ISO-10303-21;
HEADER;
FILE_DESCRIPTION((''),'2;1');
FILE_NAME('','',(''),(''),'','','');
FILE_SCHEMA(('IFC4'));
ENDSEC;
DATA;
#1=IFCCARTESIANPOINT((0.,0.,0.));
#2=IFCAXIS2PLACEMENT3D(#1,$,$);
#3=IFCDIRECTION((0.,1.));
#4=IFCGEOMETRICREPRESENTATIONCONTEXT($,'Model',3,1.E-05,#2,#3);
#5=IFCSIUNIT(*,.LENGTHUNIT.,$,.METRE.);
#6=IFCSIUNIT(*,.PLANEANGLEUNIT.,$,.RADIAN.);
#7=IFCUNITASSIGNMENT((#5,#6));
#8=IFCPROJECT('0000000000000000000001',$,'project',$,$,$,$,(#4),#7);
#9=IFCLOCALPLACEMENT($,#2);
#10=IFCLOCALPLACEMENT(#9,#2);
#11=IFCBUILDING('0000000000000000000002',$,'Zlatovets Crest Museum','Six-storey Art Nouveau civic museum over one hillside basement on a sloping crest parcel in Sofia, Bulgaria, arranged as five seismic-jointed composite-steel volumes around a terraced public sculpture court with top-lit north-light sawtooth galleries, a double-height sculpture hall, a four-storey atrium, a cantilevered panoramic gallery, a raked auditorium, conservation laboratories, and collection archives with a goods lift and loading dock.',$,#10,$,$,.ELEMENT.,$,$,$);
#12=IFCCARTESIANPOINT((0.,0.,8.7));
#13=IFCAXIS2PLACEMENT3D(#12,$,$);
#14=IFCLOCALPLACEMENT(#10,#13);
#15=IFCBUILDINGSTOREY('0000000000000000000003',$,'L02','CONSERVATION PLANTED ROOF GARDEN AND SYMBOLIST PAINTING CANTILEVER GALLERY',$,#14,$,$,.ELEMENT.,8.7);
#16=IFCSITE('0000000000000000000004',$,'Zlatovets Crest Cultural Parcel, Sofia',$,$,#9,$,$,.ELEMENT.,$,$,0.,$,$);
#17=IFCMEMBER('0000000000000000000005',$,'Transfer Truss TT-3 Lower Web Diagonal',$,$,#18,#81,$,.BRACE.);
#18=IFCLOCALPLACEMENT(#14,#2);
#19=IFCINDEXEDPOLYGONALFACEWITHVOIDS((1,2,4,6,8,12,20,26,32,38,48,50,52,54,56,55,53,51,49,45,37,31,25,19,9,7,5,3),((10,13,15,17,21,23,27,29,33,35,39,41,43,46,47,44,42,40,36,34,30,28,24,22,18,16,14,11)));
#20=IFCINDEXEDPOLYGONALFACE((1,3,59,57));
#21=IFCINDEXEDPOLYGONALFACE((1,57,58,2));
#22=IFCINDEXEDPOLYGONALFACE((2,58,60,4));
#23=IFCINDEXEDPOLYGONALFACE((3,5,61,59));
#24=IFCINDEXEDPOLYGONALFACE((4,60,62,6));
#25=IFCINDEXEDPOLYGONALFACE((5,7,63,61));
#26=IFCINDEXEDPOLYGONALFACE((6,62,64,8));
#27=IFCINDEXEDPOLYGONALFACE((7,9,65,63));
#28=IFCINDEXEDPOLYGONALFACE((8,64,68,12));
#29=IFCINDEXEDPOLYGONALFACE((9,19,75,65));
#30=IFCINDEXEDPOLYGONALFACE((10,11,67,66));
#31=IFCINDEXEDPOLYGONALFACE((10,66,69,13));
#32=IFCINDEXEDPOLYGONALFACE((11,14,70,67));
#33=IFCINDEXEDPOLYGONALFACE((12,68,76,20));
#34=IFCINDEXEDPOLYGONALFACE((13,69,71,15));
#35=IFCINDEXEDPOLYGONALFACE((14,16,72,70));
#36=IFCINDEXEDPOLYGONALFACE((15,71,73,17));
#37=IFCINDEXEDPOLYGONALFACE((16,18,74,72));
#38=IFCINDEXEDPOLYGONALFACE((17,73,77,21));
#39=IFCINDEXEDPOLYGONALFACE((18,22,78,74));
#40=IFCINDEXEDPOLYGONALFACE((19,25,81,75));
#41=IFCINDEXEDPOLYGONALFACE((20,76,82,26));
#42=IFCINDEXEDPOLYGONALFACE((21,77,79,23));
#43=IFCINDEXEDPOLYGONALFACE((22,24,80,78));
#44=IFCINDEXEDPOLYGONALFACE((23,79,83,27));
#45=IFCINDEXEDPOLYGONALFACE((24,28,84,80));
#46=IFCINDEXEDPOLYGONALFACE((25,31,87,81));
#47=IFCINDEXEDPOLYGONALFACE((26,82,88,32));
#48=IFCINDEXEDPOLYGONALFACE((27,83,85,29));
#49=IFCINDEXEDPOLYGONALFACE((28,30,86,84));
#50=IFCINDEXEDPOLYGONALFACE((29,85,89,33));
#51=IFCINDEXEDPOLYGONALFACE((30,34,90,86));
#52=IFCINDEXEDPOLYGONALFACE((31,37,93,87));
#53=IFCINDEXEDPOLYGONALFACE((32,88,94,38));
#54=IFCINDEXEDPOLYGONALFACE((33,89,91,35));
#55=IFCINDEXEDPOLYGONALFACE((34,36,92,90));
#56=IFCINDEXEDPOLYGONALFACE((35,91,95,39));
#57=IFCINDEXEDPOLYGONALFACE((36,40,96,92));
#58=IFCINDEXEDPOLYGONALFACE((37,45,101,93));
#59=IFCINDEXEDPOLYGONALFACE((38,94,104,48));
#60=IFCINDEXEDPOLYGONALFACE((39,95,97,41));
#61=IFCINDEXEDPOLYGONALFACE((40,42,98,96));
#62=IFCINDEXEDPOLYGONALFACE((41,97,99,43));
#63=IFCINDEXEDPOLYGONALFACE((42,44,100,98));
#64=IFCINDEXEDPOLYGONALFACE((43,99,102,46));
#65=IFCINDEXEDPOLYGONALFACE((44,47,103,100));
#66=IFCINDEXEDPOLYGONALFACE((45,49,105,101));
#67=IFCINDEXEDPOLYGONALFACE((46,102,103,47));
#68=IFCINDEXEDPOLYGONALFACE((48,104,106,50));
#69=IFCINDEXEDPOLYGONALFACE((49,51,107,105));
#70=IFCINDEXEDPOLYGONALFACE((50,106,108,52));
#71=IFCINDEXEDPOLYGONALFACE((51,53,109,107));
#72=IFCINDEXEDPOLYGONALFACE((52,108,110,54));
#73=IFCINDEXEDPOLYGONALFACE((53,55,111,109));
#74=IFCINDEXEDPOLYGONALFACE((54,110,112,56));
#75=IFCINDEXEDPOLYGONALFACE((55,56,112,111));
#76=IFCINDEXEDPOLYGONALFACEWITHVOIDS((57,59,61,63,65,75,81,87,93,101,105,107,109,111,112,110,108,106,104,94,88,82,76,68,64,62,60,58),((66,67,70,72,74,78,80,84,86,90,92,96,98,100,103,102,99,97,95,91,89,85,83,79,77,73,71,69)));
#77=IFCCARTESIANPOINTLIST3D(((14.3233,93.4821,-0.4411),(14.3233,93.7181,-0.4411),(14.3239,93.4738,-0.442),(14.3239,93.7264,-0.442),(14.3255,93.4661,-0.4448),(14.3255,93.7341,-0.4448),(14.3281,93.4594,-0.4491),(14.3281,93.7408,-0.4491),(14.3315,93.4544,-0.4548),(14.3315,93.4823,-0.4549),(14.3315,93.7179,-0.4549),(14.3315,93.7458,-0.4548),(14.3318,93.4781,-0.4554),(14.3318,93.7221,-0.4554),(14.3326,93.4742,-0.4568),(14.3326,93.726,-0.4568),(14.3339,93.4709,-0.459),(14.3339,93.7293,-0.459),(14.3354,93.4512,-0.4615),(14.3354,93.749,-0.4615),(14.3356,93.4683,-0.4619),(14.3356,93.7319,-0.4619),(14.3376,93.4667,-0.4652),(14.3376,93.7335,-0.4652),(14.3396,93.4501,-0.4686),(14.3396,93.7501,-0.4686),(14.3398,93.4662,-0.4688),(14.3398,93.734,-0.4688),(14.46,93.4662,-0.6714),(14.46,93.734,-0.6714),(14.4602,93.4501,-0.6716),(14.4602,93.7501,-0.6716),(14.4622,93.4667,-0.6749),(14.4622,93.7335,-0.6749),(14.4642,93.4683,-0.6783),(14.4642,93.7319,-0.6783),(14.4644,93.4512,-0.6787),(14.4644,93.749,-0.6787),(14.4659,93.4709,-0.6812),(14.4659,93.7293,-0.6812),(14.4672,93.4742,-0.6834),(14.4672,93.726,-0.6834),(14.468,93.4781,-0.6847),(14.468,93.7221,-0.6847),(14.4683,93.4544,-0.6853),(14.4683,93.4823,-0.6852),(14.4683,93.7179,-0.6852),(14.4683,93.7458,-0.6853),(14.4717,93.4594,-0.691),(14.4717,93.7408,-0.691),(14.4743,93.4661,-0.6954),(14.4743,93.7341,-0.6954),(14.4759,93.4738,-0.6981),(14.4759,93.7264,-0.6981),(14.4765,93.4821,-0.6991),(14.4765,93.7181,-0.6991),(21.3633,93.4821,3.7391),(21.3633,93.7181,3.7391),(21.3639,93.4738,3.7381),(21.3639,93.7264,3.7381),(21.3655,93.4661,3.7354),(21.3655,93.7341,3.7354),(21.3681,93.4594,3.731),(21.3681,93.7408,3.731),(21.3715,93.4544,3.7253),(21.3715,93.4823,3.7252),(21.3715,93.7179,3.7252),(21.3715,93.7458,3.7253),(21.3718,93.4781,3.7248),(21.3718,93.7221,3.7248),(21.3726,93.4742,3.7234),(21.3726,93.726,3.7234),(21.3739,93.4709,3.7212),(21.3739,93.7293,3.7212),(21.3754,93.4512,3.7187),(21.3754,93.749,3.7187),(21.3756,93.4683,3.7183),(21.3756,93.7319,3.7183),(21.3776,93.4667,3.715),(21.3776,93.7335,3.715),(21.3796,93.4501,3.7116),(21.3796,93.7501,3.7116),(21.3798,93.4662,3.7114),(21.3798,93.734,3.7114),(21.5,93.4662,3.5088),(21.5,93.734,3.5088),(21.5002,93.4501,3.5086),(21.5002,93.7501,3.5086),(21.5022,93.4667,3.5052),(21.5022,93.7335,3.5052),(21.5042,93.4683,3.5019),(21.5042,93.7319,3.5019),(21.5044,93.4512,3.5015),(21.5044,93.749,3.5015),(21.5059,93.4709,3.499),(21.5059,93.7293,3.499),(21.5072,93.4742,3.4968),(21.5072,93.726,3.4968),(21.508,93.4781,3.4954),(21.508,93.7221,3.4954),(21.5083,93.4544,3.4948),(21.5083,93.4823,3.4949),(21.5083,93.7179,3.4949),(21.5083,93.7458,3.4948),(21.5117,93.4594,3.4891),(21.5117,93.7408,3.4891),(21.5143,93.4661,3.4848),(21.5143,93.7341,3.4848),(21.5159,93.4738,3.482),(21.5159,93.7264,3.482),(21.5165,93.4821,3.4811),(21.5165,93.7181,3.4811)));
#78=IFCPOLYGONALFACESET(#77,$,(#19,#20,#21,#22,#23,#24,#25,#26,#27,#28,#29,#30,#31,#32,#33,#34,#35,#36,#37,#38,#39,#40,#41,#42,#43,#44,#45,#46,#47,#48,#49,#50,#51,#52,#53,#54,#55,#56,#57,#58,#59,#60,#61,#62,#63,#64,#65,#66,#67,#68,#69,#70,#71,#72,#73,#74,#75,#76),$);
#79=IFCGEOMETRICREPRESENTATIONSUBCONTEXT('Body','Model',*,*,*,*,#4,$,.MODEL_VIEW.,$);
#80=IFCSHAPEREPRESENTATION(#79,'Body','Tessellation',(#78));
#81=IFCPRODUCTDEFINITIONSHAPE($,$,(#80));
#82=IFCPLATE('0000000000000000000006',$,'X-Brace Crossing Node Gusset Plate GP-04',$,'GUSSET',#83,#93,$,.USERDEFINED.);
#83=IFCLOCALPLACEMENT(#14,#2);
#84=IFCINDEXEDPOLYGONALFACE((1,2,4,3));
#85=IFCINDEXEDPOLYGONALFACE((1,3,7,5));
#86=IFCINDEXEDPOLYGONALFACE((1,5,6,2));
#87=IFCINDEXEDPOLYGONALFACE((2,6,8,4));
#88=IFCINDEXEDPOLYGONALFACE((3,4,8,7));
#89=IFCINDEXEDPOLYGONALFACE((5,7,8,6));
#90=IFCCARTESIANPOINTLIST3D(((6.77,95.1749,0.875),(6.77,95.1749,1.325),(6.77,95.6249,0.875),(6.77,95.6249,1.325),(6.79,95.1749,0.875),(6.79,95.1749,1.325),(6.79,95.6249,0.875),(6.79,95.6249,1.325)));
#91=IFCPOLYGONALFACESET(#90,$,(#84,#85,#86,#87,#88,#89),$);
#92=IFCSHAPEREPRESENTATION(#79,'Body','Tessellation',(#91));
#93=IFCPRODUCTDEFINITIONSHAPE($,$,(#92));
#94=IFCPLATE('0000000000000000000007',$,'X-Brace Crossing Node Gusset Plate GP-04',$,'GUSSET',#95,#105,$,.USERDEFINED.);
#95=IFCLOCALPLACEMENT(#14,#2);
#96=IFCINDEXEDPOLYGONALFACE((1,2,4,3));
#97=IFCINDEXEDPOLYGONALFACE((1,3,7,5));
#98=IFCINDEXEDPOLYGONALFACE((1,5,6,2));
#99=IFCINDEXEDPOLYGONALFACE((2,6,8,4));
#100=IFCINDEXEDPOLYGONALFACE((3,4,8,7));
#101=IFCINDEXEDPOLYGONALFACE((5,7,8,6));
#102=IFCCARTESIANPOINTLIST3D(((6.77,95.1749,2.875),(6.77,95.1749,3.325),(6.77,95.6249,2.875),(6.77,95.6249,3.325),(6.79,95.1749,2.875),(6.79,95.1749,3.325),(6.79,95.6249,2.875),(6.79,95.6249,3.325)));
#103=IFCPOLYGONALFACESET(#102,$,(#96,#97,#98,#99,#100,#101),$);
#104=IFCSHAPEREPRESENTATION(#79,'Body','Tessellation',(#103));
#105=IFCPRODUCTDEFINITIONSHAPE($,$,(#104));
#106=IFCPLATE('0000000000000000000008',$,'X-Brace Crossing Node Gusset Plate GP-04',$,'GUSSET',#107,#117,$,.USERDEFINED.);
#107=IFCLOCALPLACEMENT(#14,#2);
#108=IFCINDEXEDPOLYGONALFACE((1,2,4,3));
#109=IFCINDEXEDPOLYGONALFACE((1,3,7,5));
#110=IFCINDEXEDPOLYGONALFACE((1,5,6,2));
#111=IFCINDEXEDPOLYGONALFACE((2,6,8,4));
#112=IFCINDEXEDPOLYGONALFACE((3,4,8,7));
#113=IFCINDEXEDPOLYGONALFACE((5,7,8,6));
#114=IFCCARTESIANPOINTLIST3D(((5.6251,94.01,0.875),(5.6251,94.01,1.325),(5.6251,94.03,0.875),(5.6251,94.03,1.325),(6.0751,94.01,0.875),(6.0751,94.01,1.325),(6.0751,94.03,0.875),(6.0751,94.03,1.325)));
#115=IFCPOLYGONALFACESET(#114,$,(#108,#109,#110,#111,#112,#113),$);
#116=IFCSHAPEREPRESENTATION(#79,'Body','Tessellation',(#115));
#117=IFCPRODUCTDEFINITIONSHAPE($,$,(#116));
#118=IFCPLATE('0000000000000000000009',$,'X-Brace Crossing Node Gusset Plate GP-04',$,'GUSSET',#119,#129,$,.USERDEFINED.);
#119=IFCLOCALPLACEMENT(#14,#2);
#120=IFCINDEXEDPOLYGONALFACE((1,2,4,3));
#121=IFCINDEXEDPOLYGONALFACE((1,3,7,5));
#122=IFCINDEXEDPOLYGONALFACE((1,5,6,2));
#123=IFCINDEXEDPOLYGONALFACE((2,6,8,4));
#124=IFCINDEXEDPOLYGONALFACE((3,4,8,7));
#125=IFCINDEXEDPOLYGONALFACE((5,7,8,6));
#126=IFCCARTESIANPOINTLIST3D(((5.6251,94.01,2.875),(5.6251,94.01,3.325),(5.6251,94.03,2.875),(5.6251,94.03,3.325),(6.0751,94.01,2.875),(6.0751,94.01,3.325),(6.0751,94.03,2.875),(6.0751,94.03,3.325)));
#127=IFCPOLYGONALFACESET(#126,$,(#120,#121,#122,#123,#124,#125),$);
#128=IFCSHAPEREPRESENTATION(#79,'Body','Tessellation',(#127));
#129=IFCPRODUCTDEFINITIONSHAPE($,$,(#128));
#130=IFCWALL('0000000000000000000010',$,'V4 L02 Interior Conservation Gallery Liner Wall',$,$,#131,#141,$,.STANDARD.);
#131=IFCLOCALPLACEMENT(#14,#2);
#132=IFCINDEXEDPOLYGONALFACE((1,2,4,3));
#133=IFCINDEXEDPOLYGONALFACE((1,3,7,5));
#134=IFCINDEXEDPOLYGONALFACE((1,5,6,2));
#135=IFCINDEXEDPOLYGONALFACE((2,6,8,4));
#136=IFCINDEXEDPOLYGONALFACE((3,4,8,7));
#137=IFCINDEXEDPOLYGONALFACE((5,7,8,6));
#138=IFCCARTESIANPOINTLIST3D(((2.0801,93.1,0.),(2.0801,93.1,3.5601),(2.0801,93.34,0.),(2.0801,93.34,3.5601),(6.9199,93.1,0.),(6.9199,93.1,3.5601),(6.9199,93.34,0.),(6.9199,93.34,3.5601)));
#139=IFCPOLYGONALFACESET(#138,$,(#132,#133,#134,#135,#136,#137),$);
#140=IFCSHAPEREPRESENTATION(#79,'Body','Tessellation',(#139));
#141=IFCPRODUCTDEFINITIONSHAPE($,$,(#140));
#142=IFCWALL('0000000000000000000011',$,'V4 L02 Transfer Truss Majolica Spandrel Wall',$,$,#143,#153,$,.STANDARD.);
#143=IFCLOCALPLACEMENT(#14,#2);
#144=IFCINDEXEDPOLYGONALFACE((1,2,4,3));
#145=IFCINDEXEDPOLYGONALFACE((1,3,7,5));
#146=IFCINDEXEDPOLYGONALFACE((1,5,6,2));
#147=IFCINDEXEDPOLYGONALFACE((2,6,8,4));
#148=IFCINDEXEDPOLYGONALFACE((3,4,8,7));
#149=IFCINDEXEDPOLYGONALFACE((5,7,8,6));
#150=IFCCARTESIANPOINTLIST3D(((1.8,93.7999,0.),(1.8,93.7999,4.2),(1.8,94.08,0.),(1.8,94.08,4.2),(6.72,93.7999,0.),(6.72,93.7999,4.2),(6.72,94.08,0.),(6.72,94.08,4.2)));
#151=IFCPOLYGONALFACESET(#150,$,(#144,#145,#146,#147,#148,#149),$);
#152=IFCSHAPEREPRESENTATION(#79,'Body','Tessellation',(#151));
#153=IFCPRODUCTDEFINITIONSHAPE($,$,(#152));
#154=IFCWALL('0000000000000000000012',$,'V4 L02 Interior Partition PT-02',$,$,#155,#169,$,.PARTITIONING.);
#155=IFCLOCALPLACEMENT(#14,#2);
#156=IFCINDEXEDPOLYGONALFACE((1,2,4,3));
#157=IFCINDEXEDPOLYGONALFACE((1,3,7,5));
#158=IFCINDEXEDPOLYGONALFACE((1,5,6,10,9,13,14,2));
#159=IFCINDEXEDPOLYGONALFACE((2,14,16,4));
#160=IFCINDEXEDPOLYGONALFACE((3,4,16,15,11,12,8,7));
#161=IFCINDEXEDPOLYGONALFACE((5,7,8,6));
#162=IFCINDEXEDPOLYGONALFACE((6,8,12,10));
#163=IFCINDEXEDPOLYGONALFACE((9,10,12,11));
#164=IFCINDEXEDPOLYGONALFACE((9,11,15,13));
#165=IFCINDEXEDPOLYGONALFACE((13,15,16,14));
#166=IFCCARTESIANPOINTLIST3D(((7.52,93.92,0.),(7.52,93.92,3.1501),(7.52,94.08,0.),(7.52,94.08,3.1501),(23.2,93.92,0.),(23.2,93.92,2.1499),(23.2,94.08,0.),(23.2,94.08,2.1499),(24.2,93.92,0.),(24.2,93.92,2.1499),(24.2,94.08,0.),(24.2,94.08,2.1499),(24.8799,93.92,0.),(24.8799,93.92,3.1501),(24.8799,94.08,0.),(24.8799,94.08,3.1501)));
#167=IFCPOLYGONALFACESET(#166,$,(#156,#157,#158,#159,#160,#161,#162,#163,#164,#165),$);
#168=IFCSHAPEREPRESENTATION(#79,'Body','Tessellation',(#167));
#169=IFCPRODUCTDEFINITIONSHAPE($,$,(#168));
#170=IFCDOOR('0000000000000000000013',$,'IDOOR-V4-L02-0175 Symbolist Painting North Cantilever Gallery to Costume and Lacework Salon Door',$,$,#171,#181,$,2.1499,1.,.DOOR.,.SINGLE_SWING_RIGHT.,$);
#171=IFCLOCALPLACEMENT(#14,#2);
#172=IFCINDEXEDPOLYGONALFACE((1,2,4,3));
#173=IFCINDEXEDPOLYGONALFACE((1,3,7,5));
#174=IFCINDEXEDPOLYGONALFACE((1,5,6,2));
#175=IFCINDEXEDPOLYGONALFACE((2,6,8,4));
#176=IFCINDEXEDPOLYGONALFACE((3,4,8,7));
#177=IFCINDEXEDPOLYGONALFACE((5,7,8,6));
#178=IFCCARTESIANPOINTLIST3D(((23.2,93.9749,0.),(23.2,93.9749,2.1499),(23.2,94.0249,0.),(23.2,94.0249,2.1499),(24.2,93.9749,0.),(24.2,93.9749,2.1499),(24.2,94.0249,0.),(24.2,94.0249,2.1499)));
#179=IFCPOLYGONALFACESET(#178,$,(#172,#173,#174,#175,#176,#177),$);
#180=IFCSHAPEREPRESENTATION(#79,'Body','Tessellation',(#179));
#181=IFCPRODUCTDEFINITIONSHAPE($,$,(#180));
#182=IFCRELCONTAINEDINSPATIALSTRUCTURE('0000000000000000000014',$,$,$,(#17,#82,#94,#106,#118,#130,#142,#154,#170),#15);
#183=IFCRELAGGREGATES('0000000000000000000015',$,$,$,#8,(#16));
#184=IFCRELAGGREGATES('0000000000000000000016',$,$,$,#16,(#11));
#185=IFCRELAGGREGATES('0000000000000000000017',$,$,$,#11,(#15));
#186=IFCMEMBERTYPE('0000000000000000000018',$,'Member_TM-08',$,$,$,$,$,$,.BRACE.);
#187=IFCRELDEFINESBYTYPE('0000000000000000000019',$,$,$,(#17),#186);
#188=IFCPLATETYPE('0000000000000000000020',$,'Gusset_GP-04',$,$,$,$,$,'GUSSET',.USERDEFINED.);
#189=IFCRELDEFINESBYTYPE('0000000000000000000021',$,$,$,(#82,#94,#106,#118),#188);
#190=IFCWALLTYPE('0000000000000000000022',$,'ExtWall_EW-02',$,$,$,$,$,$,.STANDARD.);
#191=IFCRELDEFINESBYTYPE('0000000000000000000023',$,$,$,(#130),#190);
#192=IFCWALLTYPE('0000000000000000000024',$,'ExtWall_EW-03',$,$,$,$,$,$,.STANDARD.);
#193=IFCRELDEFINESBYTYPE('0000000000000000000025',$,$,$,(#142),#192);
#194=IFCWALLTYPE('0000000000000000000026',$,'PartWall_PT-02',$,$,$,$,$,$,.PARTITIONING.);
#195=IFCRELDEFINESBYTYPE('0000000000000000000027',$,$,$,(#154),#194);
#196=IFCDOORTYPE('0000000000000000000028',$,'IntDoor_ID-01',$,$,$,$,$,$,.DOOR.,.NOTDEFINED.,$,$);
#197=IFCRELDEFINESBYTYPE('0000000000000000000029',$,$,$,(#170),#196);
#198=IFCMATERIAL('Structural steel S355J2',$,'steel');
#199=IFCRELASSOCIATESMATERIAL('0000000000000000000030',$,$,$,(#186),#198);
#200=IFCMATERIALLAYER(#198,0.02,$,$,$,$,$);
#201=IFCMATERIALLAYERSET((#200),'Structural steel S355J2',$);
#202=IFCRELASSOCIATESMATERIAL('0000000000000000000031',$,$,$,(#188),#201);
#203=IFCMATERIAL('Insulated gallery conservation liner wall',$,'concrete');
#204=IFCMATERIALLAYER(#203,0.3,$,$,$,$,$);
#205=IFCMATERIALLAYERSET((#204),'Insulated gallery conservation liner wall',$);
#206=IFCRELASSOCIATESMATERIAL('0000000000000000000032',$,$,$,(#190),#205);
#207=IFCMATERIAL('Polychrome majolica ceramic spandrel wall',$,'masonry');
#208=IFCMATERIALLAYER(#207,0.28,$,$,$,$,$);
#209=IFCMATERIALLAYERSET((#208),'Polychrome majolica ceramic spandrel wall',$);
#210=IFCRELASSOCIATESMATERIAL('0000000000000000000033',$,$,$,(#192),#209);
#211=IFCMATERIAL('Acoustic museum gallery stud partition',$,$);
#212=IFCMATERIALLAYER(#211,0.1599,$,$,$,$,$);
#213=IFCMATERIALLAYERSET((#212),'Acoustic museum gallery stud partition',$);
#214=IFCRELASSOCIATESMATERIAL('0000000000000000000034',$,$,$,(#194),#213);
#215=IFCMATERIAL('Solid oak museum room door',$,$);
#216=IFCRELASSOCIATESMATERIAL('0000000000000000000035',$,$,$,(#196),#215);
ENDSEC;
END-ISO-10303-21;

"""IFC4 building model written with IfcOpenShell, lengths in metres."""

from ifc_helpers import new_model, si_unit, direction, frame, frame_2d, origin, origin_2d, place, context, subcontext, project, spatial, rectangle, hollow_rectangle, extrude, material, layer, layer_set, material_profile, profile_set, type_object, element, fill, save


model = new_model("IFC4")

# Units and contexts
model_context = context("Model", 3, precision=1e-05, world=origin(), true_north=direction((0.0, 1.0)))
body_context = subcontext(model_context, "Body", "Model", "MODEL_VIEW")
ifc_project = project(units=[si_unit("LENGTHUNIT", "METRE"), si_unit("PLANEANGLEUNIT", "RADIAN")], contexts=[model_context])

# Site, building, storey
site_placement = place(None, origin())
site = spatial("IfcSite", under=ifc_project, at=site_placement, Name="Zlatovets Crest Cultural Parcel, Sofia", CompositionType="ELEMENT", RefElevation=0.0)
building_placement = place(site_placement, origin())
building = spatial("IfcBuilding", under=site, at=building_placement, Name="Zlatovets Crest Museum", Description="Six-storey Art Nouveau civic museum over one hillside basement on a sloping crest parcel in Sofia, Bulgaria, arranged as five seismic-jointed composite-steel volumes around a terraced public sculpture court with top-lit north-light sawtooth galleries, a double-height sculpture hall, a four-storey atrium, a cantilevered panoramic gallery, a raked auditorium, conservation laboratories, and collection archives with a goods lift and loading dock.", CompositionType="ELEMENT")
storey_placement = place(building_placement, frame((0.0, 0.0, 8.7)))
storey = spatial("IfcBuildingStorey", under=building, at=storey_placement, Name="L02", Description="CONSERVATION PLANTED ROOF GARDEN AND SYMBOLIST PAINTING CANTILEVER GALLERY", CompositionType="ELEMENT", Elevation=8.7)

# Shared definitions
ifc_material_1 = material(Name="Structural steel S355J2", Category="steel")

# Member
ifc_material_profile_1 = material_profile(ifc_material_1, hollow_rectangle(XDim=0.3, YDim=0.3, WallThickness=0.0161, InnerFilletRadius=0.0161, OuterFilletRadius=0.032, at=origin_2d()), Name="SHS 300x300x16.0")
ifc_profile_set_1 = profile_set([ifc_material_profile_1], Name="Structural steel S355J2")
member_type_1 = type_object("IfcMemberType", Name="Member_TM-08", PredefinedType="BRACE", material=ifc_profile_set_1)
member_1_placement = place(storey_placement, frame((14.3999, 93.6001, -0.5701), z_axis=(0.859847, 0.0, 0.510553), x_axis=(0.0, 1.0, 0.0)))
element("IfcMember", 1, at=member_1_placement, inside=storey, type_object=member_type_1, Name="Transfer Truss TT-3 Lower Web Diagonal", PredefinedType="BRACE", context=body_context, shape_type="SweptSolid", body=[
    extrude(hollow_rectangle(XDim=0.3, YDim=0.3, WallThickness=0.0161, InnerFilletRadius=0.0161, OuterFilletRadius=0.032, at=origin_2d()), origin(), (0.0, 0.0, 1.0), 8.1875),
])

# Plates
ifc_layer_1 = layer(ifc_material_1, 0.02)
ifc_layer_set_1 = layer_set([ifc_layer_1], Name="Structural steel S355J2")
plate_type = type_object("IfcPlateType", Name="Gusset_GP-04", ElementType="GUSSET", PredefinedType="USERDEFINED", material=ifc_layer_set_1)
for number, where, z_axis, x_axis, name in (
    (2, (6.78, 95.3999, 0.875), (0.0, 0.0, 1.0), (1.0, 0.0, 0.0), "X-Brace Crossing Node Gusset Plate GP-04"),
    (3, (6.78, 95.3999, 2.875), (0.0, 0.0, 1.0), (1.0, 0.0, 0.0), "X-Brace Crossing Node Gusset Plate GP-04"),
):
    element("IfcPlate", number, at=place(storey_placement, frame(where, z_axis=z_axis, x_axis=x_axis)), inside=storey, type_object=plate_type, Name=name, ObjectType="GUSSET", PredefinedType="USERDEFINED", context=body_context, shape_type="SweptSolid", body=[
        extrude(rectangle(XDim=0.02, YDim=0.45, at=origin_2d()), origin(), (0.0, 0.0, 1.0), 0.45),
    ])
for number, where, z_axis, x_axis, name in (
    (4, (5.8501, 94.02, 0.875), (0.0, 0.0, 1.0), (1.0, 0.0, 0.0), "X-Brace Crossing Node Gusset Plate GP-04"),
    (5, (5.8501, 94.02, 2.875), (0.0, 0.0, 1.0), (1.0, 0.0, 0.0), "X-Brace Crossing Node Gusset Plate GP-04"),
):
    element("IfcPlate", number, at=place(storey_placement, frame(where, z_axis=z_axis, x_axis=x_axis)), inside=storey, type_object=plate_type, Name=name, ObjectType="GUSSET", PredefinedType="USERDEFINED", context=body_context, shape_type="SweptSolid", body=[
        extrude(rectangle(XDim=0.45, YDim=0.02, at=origin_2d()), origin(), (0.0, 0.0, 1.0), 0.45),
    ])

# Walls
ifc_material_2 = material(Name="Insulated gallery conservation liner wall", Category="concrete")
ifc_layer_2 = layer(ifc_material_2, 0.3)
ifc_layer_set_2 = layer_set([ifc_layer_2], Name="Insulated gallery conservation liner wall")
wall_type_1 = type_object("IfcWallType", Name="ExtWall_EW-02", PredefinedType="STANDARD", material=ifc_layer_set_2)
wall_1_placement = place(storey_placement, frame((6.9199, 93.22, 0.0), z_axis=(0.0, 0.0, 1.0), x_axis=(-1.0, 0.0, 0.0)))
element("IfcWall", 6, at=wall_1_placement, inside=storey, type_object=wall_type_1, Name="V4 L02 Interior Conservation Gallery Liner Wall", PredefinedType="STANDARD", context=body_context, shape_type="SweptSolid", body=[
    extrude(rectangle(XDim=4.8398, YDim=0.24, at=frame_2d((2.4199, 0.0))), origin(), (0.0, 0.0, 1.0), 3.5601),
])
ifc_material_3 = material(Name="Polychrome majolica ceramic spandrel wall", Category="masonry")
ifc_layer_3 = layer(ifc_material_3, 0.28)
ifc_layer_set_3 = layer_set([ifc_layer_3], Name="Polychrome majolica ceramic spandrel wall")
wall_type_2 = type_object("IfcWallType", Name="ExtWall_EW-03", PredefinedType="STANDARD", material=ifc_layer_set_3)
wall_2_placement = place(storey_placement, frame((6.72, 93.9399, 0.0), z_axis=(0.0, 0.0, 1.0), x_axis=(-1.0, 0.0, 0.0)))
element("IfcWall", 7, at=wall_2_placement, inside=storey, type_object=wall_type_2, Name="V4 L02 Transfer Truss Majolica Spandrel Wall", PredefinedType="STANDARD", context=body_context, shape_type="SweptSolid", body=[
    extrude(rectangle(XDim=4.9199, YDim=0.28, at=frame_2d((2.46, 0.0))), origin(), (0.0, 0.0, 1.0), 4.2),
])

# Wall, opening, door
ifc_material_4 = material(Name="Acoustic museum gallery stud partition")
ifc_layer_4 = layer(ifc_material_4, 0.1599)
ifc_layer_set_4 = layer_set([ifc_layer_4], Name="Acoustic museum gallery stud partition")
wall_type_3 = type_object("IfcWallType", Name="PartWall_PT-02", PredefinedType="PARTITIONING", material=ifc_layer_set_4)
wall_3_placement = place(storey_placement, frame((7.52, 94.0, 0.0), z_axis=(0.0, 0.0, 1.0), x_axis=(1.0, 0.0, 0.0)))
wall_3 = element("IfcWall", 8, at=wall_3_placement, inside=storey, type_object=wall_type_3, Name="V4 L02 Interior Partition PT-02", PredefinedType="PARTITIONING", context=body_context, shape_type="SweptSolid", body=[
    extrude(rectangle(XDim=17.3599, YDim=0.1599, at=frame_2d((8.6799, 0.0))), origin(), (0.0, 0.0, 1.0), 3.1501),
])
opening_placement = place(wall_3_placement, frame((15.6799, 0.0, 0.0)))
opening = element("IfcOpeningElement", 9, at=opening_placement, cuts=wall_3, PredefinedType="OPENING", context=body_context, shape_type="SweptSolid", body=[
    extrude(rectangle(XDim=1.0, YDim=2.1499, at=frame_2d((0.5, 1.075))), frame((0.0, 0.0898, 0.0), z_axis=(0.0, -1.0, 0.0), x_axis=(1.0, 0.0, 0.0)), (0.0, 0.0, 1.0), 0.1799),
])
ifc_material_5 = material(Name="Solid oak museum room door")
door_type = type_object("IfcDoorType", Name="IntDoor_ID-01", OperationType="NOTDEFINED", PredefinedType="DOOR", material=ifc_material_5)
door_placement = place(opening_placement, origin())
door = element("IfcDoor", 10, at=door_placement, inside=storey, type_object=door_type, Name="IDOOR-V4-L02-0175 Symbolist Painting North Cantilever Gallery to Costume and Lacework Salon Door", OperationType="SINGLE_SWING_RIGHT", OverallHeight=2.1499, OverallWidth=1.0, PredefinedType="DOOR", context=body_context, shape_type="SweptSolid", body=[
    extrude(rectangle(XDim=1.0, YDim=2.1499, at=frame_2d((0.5, 1.075))), frame((0.0, 0.0249, 0.0), z_axis=(0.0, -1.0, 0.0), x_axis=(1.0, 0.0, 0.0)), (0.0, 0.0, 1.0), 0.05),
])
fill(opening, door)

save(model, "model.ifc")
